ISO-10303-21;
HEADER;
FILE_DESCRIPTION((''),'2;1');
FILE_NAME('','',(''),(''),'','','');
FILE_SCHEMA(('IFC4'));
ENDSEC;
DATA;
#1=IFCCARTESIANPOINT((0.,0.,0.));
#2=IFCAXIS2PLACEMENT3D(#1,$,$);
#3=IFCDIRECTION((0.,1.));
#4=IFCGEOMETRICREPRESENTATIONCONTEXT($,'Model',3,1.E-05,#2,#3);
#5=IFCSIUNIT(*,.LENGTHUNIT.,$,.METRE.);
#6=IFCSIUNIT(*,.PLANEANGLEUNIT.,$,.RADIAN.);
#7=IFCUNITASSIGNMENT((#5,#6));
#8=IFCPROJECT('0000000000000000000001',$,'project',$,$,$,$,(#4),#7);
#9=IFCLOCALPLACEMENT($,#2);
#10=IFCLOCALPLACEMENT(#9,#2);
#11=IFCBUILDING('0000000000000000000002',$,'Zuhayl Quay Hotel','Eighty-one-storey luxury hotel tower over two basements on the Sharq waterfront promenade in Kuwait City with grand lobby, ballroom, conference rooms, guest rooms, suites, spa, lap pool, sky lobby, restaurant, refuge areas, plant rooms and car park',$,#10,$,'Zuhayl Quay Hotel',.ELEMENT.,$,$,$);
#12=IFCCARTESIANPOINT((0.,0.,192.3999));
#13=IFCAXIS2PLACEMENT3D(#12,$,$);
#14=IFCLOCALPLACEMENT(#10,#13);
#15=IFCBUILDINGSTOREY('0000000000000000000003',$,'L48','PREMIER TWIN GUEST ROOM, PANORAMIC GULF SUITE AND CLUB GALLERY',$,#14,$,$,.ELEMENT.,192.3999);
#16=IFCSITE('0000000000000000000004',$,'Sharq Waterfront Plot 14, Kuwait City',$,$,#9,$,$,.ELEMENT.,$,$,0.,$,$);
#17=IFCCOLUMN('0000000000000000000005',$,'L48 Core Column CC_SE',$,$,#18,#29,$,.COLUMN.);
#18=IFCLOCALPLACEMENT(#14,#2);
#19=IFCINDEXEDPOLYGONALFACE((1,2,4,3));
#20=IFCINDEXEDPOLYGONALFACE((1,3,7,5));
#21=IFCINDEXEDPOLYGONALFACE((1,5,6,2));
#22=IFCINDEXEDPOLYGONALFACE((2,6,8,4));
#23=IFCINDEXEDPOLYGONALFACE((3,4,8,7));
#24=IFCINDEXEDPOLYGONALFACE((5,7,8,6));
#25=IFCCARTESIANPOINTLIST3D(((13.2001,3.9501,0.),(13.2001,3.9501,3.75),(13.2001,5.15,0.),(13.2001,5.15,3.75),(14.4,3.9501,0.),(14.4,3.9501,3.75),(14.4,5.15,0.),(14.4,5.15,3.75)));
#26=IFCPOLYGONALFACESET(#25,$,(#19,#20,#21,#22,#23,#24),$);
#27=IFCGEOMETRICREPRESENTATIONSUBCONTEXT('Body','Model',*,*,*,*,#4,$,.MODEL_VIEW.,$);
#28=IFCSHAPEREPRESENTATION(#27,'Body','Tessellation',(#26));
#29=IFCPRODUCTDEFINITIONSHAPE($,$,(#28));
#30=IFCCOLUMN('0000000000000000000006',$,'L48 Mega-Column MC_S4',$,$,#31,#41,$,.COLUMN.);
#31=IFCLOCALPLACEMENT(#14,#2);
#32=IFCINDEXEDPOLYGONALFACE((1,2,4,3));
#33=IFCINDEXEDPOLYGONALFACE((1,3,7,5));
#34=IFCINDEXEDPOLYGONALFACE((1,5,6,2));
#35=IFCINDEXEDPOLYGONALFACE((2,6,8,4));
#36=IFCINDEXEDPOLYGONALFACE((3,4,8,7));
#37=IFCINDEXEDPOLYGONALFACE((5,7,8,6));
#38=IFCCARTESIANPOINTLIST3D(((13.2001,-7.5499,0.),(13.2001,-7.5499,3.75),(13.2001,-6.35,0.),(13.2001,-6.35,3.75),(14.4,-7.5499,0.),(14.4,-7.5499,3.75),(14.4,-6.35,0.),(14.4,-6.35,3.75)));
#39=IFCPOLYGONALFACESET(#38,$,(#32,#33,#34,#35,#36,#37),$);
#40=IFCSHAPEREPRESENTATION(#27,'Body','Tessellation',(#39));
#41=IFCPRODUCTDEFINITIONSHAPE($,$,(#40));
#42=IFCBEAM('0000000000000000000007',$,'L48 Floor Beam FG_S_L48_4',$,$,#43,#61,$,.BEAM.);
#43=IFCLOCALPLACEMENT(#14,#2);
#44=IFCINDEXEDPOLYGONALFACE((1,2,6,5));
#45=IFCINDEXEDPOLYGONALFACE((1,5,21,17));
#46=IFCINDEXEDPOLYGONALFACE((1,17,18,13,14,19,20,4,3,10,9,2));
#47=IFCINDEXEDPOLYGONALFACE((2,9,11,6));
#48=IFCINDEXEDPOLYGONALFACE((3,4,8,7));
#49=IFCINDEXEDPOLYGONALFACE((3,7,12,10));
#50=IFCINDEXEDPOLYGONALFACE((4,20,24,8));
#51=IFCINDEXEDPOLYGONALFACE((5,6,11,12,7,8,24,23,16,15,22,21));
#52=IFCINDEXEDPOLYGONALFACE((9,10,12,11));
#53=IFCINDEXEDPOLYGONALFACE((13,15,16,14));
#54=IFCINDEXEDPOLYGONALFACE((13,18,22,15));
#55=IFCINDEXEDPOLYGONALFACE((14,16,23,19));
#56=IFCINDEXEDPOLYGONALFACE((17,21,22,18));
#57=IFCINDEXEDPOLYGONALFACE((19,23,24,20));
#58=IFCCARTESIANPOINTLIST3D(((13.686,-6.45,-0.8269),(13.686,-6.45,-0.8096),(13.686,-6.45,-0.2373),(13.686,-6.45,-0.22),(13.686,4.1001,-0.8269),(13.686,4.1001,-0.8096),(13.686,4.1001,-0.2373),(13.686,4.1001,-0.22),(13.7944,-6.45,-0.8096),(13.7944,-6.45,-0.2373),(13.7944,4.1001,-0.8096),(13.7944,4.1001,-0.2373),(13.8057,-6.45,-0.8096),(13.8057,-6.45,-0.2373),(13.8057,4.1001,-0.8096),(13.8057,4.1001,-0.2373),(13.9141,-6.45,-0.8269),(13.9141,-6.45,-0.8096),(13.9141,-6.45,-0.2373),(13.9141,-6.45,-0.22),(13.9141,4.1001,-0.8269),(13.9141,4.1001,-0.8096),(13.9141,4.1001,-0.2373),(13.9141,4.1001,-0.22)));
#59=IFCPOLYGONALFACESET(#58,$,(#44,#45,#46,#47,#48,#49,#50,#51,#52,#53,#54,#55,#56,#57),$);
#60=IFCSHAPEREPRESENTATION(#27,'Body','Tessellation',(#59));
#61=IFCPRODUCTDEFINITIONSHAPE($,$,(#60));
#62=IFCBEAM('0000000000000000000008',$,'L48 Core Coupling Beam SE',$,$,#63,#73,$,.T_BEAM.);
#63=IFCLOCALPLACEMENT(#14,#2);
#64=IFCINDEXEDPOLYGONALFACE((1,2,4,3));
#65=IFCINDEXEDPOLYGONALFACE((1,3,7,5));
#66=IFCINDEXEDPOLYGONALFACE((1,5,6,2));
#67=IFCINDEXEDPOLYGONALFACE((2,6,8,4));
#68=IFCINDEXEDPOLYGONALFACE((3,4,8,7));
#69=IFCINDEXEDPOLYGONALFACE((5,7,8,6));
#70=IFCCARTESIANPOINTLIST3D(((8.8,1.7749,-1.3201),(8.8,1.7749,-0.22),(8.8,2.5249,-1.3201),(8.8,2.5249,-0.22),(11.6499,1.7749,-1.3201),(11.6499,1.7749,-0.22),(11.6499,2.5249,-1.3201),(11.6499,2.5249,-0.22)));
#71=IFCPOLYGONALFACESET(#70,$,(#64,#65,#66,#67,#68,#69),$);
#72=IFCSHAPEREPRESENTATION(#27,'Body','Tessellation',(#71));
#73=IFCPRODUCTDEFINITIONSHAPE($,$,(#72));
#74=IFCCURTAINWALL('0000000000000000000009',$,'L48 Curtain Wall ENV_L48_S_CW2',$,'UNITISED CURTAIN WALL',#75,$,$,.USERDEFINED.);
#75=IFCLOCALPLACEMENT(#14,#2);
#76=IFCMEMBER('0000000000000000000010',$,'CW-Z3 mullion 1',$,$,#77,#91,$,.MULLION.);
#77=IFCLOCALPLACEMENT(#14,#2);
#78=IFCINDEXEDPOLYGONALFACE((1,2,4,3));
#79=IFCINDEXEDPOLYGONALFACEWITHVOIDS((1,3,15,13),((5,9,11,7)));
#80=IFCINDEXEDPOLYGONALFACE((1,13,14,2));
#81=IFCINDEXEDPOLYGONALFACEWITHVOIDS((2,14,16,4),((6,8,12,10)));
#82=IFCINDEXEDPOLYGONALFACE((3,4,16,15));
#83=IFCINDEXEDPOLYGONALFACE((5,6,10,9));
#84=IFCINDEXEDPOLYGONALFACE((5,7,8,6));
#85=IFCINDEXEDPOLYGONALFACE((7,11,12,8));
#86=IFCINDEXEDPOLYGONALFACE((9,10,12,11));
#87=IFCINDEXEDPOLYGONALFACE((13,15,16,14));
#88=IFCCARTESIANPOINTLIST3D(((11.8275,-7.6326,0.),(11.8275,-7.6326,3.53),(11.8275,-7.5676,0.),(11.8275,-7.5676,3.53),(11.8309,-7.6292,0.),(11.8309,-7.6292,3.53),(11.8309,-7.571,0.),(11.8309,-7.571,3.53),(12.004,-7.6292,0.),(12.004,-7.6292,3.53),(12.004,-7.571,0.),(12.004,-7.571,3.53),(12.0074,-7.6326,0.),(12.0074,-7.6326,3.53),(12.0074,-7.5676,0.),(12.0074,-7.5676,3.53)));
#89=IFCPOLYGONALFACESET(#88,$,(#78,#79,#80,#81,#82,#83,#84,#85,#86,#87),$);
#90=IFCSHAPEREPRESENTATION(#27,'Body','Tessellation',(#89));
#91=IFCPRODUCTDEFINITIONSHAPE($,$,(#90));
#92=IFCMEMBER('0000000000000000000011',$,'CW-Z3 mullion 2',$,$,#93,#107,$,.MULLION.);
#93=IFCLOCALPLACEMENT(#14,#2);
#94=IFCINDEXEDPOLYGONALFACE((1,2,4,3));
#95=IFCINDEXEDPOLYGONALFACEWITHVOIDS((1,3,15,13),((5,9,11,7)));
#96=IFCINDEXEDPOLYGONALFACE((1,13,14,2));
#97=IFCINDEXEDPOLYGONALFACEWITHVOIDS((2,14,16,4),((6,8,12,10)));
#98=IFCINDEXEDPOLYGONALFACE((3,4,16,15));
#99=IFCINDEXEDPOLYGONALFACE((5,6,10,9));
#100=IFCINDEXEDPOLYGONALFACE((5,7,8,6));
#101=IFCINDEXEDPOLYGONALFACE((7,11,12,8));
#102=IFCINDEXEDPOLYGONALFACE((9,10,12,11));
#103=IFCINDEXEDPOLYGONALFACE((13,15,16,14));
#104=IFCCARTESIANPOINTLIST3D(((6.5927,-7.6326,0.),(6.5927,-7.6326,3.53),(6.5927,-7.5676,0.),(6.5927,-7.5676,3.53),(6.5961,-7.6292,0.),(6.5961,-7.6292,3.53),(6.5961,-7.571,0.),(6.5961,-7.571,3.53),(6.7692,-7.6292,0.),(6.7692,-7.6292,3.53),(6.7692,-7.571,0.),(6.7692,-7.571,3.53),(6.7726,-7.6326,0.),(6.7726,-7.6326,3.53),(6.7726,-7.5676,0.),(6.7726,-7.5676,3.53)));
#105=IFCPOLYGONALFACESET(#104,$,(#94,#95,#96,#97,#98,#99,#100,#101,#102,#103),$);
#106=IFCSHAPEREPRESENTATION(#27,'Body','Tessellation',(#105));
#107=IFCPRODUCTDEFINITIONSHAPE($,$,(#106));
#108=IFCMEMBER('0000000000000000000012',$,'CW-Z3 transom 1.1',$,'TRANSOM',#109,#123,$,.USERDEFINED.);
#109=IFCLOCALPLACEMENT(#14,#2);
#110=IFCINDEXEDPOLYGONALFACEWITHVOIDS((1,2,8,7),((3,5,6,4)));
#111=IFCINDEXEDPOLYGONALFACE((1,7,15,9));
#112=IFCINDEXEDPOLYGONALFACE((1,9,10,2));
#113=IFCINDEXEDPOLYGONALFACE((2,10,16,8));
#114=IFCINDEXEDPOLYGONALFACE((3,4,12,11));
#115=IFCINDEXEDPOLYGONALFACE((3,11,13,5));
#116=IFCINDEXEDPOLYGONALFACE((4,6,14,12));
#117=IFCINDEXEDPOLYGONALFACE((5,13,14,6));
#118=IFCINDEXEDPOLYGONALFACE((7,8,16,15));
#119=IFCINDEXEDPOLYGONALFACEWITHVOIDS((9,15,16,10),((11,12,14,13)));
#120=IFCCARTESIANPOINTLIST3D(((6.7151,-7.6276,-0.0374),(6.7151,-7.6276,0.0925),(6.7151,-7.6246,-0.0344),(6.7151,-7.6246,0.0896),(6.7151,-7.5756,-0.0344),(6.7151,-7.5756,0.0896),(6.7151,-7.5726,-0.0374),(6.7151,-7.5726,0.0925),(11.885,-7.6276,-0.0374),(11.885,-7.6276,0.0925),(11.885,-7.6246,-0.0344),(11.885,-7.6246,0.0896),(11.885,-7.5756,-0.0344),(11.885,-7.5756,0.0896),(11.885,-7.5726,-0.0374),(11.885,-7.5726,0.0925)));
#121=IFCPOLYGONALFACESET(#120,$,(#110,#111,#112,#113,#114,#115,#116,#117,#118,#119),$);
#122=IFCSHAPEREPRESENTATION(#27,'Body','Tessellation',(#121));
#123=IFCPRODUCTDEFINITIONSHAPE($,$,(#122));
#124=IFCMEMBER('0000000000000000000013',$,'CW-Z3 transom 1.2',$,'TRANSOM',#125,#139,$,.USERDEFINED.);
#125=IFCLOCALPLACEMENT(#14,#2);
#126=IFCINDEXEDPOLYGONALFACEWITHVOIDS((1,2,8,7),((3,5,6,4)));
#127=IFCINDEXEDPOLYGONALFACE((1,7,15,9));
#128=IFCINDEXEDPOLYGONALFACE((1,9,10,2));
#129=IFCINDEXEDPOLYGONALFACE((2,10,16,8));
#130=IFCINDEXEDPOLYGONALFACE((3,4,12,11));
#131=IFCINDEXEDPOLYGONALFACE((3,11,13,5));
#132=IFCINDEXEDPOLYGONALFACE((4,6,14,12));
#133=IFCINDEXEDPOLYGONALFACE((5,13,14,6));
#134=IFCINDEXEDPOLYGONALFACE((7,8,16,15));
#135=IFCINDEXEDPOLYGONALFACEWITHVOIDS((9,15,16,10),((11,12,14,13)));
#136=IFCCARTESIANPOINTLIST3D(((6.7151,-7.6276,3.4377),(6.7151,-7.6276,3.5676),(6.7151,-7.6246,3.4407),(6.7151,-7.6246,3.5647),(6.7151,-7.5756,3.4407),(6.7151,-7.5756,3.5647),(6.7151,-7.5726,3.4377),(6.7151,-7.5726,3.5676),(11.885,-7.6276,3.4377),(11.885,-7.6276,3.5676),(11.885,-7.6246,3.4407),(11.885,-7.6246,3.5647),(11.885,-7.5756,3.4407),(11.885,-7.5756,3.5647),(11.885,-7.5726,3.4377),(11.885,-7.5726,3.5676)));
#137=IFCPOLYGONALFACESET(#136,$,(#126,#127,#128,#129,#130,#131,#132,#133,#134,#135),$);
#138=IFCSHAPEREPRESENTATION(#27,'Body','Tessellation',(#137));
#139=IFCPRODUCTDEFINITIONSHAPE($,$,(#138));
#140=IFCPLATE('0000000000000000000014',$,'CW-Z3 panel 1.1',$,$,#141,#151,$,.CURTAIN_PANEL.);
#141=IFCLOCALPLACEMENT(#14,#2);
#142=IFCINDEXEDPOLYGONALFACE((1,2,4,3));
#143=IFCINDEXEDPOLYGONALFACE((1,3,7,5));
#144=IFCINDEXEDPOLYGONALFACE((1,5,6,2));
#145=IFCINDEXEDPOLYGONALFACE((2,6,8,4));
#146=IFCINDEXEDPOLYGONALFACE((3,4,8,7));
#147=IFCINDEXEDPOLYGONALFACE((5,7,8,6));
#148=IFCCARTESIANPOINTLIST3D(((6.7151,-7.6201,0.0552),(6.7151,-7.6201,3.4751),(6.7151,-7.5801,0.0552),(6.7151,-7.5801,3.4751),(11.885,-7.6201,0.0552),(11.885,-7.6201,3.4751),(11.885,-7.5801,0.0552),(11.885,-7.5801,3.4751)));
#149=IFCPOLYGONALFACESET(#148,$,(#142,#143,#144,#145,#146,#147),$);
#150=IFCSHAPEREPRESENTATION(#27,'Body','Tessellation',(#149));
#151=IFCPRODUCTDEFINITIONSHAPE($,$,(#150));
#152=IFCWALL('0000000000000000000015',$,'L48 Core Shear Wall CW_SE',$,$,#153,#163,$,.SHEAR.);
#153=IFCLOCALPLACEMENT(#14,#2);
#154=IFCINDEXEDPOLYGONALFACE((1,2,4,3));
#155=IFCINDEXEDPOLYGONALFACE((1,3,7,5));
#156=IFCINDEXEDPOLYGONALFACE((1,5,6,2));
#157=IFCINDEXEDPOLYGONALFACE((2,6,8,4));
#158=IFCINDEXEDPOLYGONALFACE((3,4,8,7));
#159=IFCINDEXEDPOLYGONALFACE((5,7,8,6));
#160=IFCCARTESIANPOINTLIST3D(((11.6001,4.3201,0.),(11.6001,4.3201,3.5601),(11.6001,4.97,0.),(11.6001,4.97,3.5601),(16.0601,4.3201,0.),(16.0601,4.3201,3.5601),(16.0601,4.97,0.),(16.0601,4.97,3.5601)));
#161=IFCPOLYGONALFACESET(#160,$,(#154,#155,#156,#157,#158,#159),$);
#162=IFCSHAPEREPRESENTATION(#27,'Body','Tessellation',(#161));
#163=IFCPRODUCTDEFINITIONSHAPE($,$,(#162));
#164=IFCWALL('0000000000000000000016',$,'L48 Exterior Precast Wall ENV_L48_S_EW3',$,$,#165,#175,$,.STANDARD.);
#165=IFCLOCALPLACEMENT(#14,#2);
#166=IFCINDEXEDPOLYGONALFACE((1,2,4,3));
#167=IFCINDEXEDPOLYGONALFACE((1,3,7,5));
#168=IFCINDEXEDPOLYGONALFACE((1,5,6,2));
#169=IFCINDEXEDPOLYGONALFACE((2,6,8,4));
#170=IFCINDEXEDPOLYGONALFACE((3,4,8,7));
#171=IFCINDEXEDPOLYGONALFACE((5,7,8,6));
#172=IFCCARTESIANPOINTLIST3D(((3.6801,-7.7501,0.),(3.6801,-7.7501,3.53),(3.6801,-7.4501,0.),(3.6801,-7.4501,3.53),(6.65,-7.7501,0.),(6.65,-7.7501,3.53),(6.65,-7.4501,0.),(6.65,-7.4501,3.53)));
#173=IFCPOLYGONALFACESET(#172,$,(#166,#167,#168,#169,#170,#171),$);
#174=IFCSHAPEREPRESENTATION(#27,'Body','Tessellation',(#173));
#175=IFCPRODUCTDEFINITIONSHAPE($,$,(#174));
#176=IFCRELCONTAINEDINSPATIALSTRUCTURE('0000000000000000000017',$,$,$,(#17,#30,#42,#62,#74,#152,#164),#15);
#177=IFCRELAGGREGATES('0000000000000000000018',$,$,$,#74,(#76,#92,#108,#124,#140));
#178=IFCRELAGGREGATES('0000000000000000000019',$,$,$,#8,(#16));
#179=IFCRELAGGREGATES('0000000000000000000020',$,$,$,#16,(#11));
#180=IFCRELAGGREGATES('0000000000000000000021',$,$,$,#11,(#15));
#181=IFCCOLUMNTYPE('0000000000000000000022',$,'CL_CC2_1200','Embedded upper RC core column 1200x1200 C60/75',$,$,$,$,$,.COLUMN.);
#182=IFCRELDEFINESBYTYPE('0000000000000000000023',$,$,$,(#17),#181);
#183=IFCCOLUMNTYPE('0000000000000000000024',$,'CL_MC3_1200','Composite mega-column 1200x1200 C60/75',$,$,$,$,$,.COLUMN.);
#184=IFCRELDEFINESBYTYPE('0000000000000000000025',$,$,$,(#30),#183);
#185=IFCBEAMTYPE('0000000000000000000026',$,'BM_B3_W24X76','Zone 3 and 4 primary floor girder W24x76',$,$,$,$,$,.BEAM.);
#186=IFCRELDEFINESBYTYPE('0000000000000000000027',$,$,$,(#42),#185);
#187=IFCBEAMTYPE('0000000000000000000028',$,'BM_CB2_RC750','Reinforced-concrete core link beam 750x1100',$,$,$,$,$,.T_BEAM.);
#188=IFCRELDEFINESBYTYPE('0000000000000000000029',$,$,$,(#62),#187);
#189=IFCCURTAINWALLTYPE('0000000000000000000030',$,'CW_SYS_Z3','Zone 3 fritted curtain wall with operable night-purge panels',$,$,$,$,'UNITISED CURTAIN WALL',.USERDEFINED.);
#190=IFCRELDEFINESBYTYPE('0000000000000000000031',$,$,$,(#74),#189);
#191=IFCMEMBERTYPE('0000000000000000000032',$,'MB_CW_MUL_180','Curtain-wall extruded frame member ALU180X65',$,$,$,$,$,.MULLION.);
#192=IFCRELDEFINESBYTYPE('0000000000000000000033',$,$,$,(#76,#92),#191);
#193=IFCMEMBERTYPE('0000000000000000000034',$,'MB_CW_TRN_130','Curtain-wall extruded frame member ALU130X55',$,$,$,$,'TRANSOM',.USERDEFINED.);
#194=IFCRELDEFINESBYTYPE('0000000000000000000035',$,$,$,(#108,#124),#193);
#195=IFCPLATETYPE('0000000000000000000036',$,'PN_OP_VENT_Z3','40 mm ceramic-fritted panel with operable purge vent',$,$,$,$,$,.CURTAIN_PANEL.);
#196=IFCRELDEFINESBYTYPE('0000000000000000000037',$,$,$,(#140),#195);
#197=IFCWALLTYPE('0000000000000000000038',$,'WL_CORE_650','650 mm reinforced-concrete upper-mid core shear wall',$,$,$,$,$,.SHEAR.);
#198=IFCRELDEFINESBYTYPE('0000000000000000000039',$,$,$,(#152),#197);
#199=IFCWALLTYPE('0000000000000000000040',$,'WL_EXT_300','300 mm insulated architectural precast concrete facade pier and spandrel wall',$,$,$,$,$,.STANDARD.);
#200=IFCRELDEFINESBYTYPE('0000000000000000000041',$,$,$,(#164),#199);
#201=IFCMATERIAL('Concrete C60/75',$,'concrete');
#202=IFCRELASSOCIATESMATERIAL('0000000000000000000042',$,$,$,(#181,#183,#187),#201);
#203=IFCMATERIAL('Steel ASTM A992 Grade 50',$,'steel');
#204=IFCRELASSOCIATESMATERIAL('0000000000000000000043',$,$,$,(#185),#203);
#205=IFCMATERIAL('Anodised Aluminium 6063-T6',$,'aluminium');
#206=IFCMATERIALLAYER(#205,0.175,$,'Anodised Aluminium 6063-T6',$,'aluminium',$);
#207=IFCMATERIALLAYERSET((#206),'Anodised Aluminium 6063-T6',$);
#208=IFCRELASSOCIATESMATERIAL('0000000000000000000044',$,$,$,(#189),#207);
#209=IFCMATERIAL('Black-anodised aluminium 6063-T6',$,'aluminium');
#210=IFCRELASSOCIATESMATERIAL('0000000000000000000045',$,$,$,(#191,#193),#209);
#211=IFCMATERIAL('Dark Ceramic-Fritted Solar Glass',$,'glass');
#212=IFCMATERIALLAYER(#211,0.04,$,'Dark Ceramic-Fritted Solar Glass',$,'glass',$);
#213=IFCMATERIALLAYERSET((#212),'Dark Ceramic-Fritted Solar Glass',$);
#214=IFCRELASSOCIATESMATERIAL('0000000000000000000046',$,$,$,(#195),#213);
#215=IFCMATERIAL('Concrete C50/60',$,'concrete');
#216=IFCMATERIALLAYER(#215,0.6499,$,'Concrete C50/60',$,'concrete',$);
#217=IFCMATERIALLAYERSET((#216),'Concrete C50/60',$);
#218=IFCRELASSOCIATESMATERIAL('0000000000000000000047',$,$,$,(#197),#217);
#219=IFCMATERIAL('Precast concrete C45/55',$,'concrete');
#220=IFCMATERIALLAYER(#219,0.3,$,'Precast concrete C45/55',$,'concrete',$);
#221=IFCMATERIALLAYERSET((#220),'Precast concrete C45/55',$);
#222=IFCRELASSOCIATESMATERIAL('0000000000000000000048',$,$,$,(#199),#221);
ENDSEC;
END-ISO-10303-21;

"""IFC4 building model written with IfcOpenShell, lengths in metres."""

from ifc_helpers import new_model, si_unit, direction, frame, frame_2d, origin, origin_2d, place, context, subcontext, project, spatial, rectangle, hollow_rectangle, i_section, extrude, material, layer, layer_set, material_profile, profile_set, type_object, element, aggregate, save


model = new_model("IFC4")

# Units and contexts
model_context = context("Model", 3, precision=1e-05, world=origin(), true_north=direction((0.0, 1.0)))
body_context = subcontext(model_context, "Body", "Model", "MODEL_VIEW")
ifc_project = project(units=[si_unit("LENGTHUNIT", "METRE"), si_unit("PLANEANGLEUNIT", "RADIAN")], contexts=[model_context])

# Site, building, storey
site_placement = place(None, origin())
site = spatial("IfcSite", under=ifc_project, at=site_placement, Name="Sharq Waterfront Plot 14, Kuwait City", CompositionType="ELEMENT", RefElevation=0.0)
building_placement = place(site_placement, origin())
building = spatial("IfcBuilding", under=site, at=building_placement, Name="Zuhayl Quay Hotel", Description="Eighty-one-storey luxury hotel tower over two basements on the Sharq waterfront promenade in Kuwait City with grand lobby, ballroom, conference rooms, guest rooms, suites, spa, lap pool, sky lobby, restaurant, refuge areas, plant rooms and car park", LongName="Zuhayl Quay Hotel", CompositionType="ELEMENT")
storey_placement = place(building_placement, frame((0.0, 0.0, 192.3999)))
storey = spatial("IfcBuildingStorey", under=building, at=storey_placement, Name="L48", Description="PREMIER TWIN GUEST ROOM, PANORAMIC GULF SUITE AND CLUB GALLERY", CompositionType="ELEMENT", Elevation=192.3999)

# Columns
ifc_material_1 = material(Name="Concrete C60/75", Category="concrete")
ifc_material_profile_1 = material_profile(ifc_material_1, rectangle(XDim=1.2, YDim=1.2, at=origin_2d()), Name="RC1200X1200")
ifc_profile_set_1 = profile_set([ifc_material_profile_1], Name="Concrete C60/75")
column_type_1 = type_object("IfcColumnType", Name="CL_CC2_1200", Description="Embedded upper RC core column 1200x1200 C60/75", PredefinedType="COLUMN", material=ifc_profile_set_1)
column_1_placement = place(storey_placement, frame((13.8, 4.55, 0.0), z_axis=(0.0, 0.0, 1.0), x_axis=(1.0, 0.0, 0.0)))
element("IfcColumn", 1, at=column_1_placement, inside=storey, type_object=column_type_1, Name="L48 Core Column CC_SE", PredefinedType="COLUMN", context=body_context, shape_type="SweptSolid", body=[
    extrude(rectangle(XDim=1.2, YDim=1.2, at=origin_2d()), origin(), (0.0, 0.0, 1.0), 3.75),
])
ifc_material_profile_2 = material_profile(ifc_material_1, rectangle(XDim=1.2, YDim=1.2, at=origin_2d()), Name="RC1200X1200")
ifc_profile_set_2 = profile_set([ifc_material_profile_2], Name="Concrete C60/75")
column_type_2 = type_object("IfcColumnType", Name="CL_MC3_1200", Description="Composite mega-column 1200x1200 C60/75", PredefinedType="COLUMN", material=ifc_profile_set_2)
column_2_placement = place(storey_placement, frame((13.8, -6.95, 0.0), z_axis=(0.0, 0.0, 1.0), x_axis=(1.0, 0.0, 0.0)))
element("IfcColumn", 2, at=column_2_placement, inside=storey, type_object=column_type_2, Name="L48 Mega-Column MC_S4", PredefinedType="COLUMN", context=body_context, shape_type="SweptSolid", body=[
    extrude(rectangle(XDim=1.2, YDim=1.2, at=origin_2d()), origin(), (0.0, 0.0, 1.0), 3.75),
])

# Beams
ifc_material_2 = material(Name="Steel ASTM A992 Grade 50", Category="steel")
ifc_material_profile_3 = material_profile(ifc_material_2, i_section(OverallWidth=0.228, OverallDepth=0.6069, WebThickness=0.0112, FlangeThickness=0.0173, at=origin_2d()), Name="W24X76")
ifc_profile_set_3 = profile_set([ifc_material_profile_3], Name="Steel ASTM A992 Grade 50")
beam_type_1 = type_object("IfcBeamType", Name="BM_B3_W24X76", Description="Zone 3 and 4 primary floor girder W24x76", PredefinedType="BEAM", material=ifc_profile_set_3)
beam_1_placement = place(storey_placement, frame((13.8, -6.45, -0.5234), z_axis=(0.0, 1.0, 0.0), x_axis=(-1.0, 0.0, 0.0)))
element("IfcBeam", 3, at=beam_1_placement, inside=storey, type_object=beam_type_1, Name="L48 Floor Beam FG_S_L48_4", PredefinedType="BEAM", context=body_context, shape_type="SweptSolid", body=[
    extrude(i_section(OverallWidth=0.228, OverallDepth=0.6069, WebThickness=0.0112, FlangeThickness=0.0173, at=origin_2d()), origin(), (0.0, 0.0, 1.0), 10.55),
])
ifc_material_profile_4 = material_profile(ifc_material_1, rectangle(XDim=0.75, YDim=1.1001, at=origin_2d()), Name="RC750X1100")
ifc_profile_set_4 = profile_set([ifc_material_profile_4], Name="Concrete C60/75")
beam_type_2 = type_object("IfcBeamType", Name="BM_CB2_RC750", Description="Reinforced-concrete core link beam 750x1100", PredefinedType="T_BEAM", material=ifc_profile_set_4)
beam_2_placement = place(storey_placement, frame((8.8, 2.1499, -0.77), z_axis=(1.0, 0.0, 0.0), x_axis=(0.0, 1.0, 0.0)))
element("IfcBeam", 4, at=beam_2_placement, inside=storey, type_object=beam_type_2, Name="L48 Core Coupling Beam SE", PredefinedType="T_BEAM", context=body_context, shape_type="SweptSolid", body=[
    extrude(rectangle(XDim=0.75, YDim=1.1001, at=origin_2d()), origin(), (0.0, 0.0, 1.0), 2.8499),
])

# Curtain wall, members, plate
ifc_material_3 = material(Name="Anodised Aluminium 6063-T6", Category="aluminium")
ifc_layer_1 = layer(ifc_material_3, 0.175, Name="Anodised Aluminium 6063-T6", Category="aluminium")
ifc_layer_set_1 = layer_set([ifc_layer_1], Name="Anodised Aluminium 6063-T6")
curtain_wall_type = type_object("IfcCurtainWallType", Name="CW_SYS_Z3", Description="Zone 3 fritted curtain wall with operable night-purge panels", ElementType="UNITISED CURTAIN WALL", PredefinedType="USERDEFINED", material=ifc_layer_set_1)
curtain_wall_placement = place(storey_placement, origin())
curtain_wall = element("IfcCurtainWall", 5, at=curtain_wall_placement, inside=storey, type_object=curtain_wall_type, Name="L48 Curtain Wall ENV_L48_S_CW2", ObjectType="UNITISED CURTAIN WALL", PredefinedType="USERDEFINED")
ifc_material_4 = material(Name="Black-anodised aluminium 6063-T6", Category="aluminium")
ifc_material_profile_5 = material_profile(ifc_material_4, hollow_rectangle(XDim=0.0649, YDim=0.1799, WallThickness=0.0034, at=origin_2d()), Name="ALU180X65")
ifc_profile_set_5 = profile_set([ifc_material_profile_5], Name="Black-anodised aluminium 6063-T6")
member_type_1 = type_object("IfcMemberType", Name="MB_CW_MUL_180", Description="Curtain-wall extruded frame member ALU180X65", PredefinedType="MULLION", material=ifc_profile_set_5)
member_1_placement = place(storey_placement, frame((11.9175, -7.6001, 0.0), z_axis=(0.0, 0.0, 1.0), x_axis=(0.0, -1.0, 0.0)))
member_1 = element("IfcMember", 6, at=member_1_placement, type_object=member_type_1, Name="CW-Z3 mullion 1", PredefinedType="MULLION", context=body_context, shape_type="SweptSolid", body=[
    extrude(hollow_rectangle(XDim=0.0649, YDim=0.1799, WallThickness=0.0034, at=origin_2d()), origin(), (0.0, 0.0, 1.0), 3.53),
])
member_2_placement = place(storey_placement, frame((6.6826, -7.6001, 0.0), z_axis=(0.0, 0.0, 1.0), x_axis=(0.0, -1.0, 0.0)))
member_2 = element("IfcMember", 7, at=member_2_placement, type_object=member_type_1, Name="CW-Z3 mullion 2", PredefinedType="MULLION", context=body_context, shape_type="SweptSolid", body=[
    extrude(hollow_rectangle(XDim=0.0649, YDim=0.1799, WallThickness=0.0034, at=origin_2d()), origin(), (0.0, 0.0, 1.0), 3.53),
])
ifc_material_profile_6 = material_profile(ifc_material_4, hollow_rectangle(XDim=0.0549, YDim=0.1299, WallThickness=0.0029, at=origin_2d()), Name="ALU130X55")
ifc_profile_set_6 = profile_set([ifc_material_profile_6], Name="Black-anodised aluminium 6063-T6")
member_type_2 = type_object("IfcMemberType", Name="MB_CW_TRN_130", Description="Curtain-wall extruded frame member ALU130X55", ElementType="TRANSOM", PredefinedType="USERDEFINED", material=ifc_profile_set_6)
member_3_placement = place(storey_placement, frame((11.885, -7.6001, 0.0276), z_axis=(-1.0, 0.0, 0.0), x_axis=(0.0, -1.0, 0.0)))
member_3 = element("IfcMember", 8, at=member_3_placement, type_object=member_type_2, Name="CW-Z3 transom 1.1", ObjectType="TRANSOM", PredefinedType="USERDEFINED", context=body_context, shape_type="SweptSolid", body=[
    extrude(hollow_rectangle(XDim=0.0549, YDim=0.1299, WallThickness=0.0029, at=origin_2d()), origin(), (0.0, 0.0, 1.0), 5.1699),
])
member_4_placement = place(storey_placement, frame((11.885, -7.6001, 3.5027), z_axis=(-1.0, 0.0, 0.0), x_axis=(0.0, -1.0, 0.0)))
member_4 = element("IfcMember", 9, at=member_4_placement, type_object=member_type_2, Name="CW-Z3 transom 1.2", ObjectType="TRANSOM", PredefinedType="USERDEFINED", context=body_context, shape_type="SweptSolid", body=[
    extrude(hollow_rectangle(XDim=0.0549, YDim=0.1299, WallThickness=0.0029, at=origin_2d()), origin(), (0.0, 0.0, 1.0), 5.1699),
])
ifc_material_5 = material(Name="Dark Ceramic-Fritted Solar Glass", Category="glass")
ifc_layer_2 = layer(ifc_material_5, 0.04, Name="Dark Ceramic-Fritted Solar Glass", Category="glass")
ifc_layer_set_2 = layer_set([ifc_layer_2], Name="Dark Ceramic-Fritted Solar Glass")
plate_type = type_object("IfcPlateType", Name="PN_OP_VENT_Z3", Description="40 mm ceramic-fritted panel with operable purge vent", PredefinedType="CURTAIN_PANEL", material=ifc_layer_set_2)
plate_placement = place(storey_placement, frame((9.3, -7.6001, 0.0552), z_axis=(0.0, 0.0, 1.0), x_axis=(-1.0, 0.0, 0.0)))
plate = element("IfcPlate", 10, at=plate_placement, type_object=plate_type, Name="CW-Z3 panel 1.1", PredefinedType="CURTAIN_PANEL", context=body_context, shape_type="SweptSolid", body=[
    extrude(rectangle(XDim=5.1699, YDim=0.04, at=origin_2d()), origin(), (0.0, 0.0, 1.0), 3.4199),
])
aggregate(curtain_wall, [member_1, member_2, member_3, member_4, plate])

# Walls
ifc_material_6 = material(Name="Concrete C50/60", Category="concrete")
ifc_layer_3 = layer(ifc_material_6, 0.6499, Name="Concrete C50/60", Category="concrete")
ifc_layer_set_3 = layer_set([ifc_layer_3], Name="Concrete C50/60")
wall_type_1 = type_object("IfcWallType", Name="WL_CORE_650", Description="650 mm reinforced-concrete upper-mid core shear wall", PredefinedType="SHEAR", material=ifc_layer_set_3)
wall_1_placement = place(storey_placement, frame((11.6001, 4.645, 0.0), z_axis=(0.0, 0.0, 1.0), x_axis=(1.0, 0.0, 0.0)))
element("IfcWall", 11, at=wall_1_placement, inside=storey, type_object=wall_type_1, Name="L48 Core Shear Wall CW_SE", PredefinedType="SHEAR", context=body_context, shape_type="SweptSolid", body=[
    extrude(rectangle(XDim=4.46, YDim=0.6499, at=frame_2d((2.23, 0.0))), origin(), (0.0, 0.0, 1.0), 3.5601),
])
ifc_material_7 = material(Name="Precast concrete C45/55", Category="concrete")
ifc_layer_4 = layer(ifc_material_7, 0.3, Name="Precast concrete C45/55", Category="concrete")
ifc_layer_set_4 = layer_set([ifc_layer_4], Name="Precast concrete C45/55")
wall_type_2 = type_object("IfcWallType", Name="WL_EXT_300", Description="300 mm insulated architectural precast concrete facade pier and spandrel wall", PredefinedType="STANDARD", material=ifc_layer_set_4)
wall_2_placement = place(storey_placement, frame((6.6499, -7.6001, 0.0), z_axis=(0.0, 0.0, 1.0), x_axis=(-1.0, 0.0, 0.0)))
element("IfcWall", 12, at=wall_2_placement, inside=storey, type_object=wall_type_2, Name="L48 Exterior Precast Wall ENV_L48_S_EW3", PredefinedType="STANDARD", context=body_context, shape_type="SweptSolid", body=[
    extrude(rectangle(XDim=2.97, YDim=0.3, at=frame_2d((1.4849, 0.0))), origin(), (0.0, 0.0, 1.0), 3.53),
])

save(model, "model.ifc")
